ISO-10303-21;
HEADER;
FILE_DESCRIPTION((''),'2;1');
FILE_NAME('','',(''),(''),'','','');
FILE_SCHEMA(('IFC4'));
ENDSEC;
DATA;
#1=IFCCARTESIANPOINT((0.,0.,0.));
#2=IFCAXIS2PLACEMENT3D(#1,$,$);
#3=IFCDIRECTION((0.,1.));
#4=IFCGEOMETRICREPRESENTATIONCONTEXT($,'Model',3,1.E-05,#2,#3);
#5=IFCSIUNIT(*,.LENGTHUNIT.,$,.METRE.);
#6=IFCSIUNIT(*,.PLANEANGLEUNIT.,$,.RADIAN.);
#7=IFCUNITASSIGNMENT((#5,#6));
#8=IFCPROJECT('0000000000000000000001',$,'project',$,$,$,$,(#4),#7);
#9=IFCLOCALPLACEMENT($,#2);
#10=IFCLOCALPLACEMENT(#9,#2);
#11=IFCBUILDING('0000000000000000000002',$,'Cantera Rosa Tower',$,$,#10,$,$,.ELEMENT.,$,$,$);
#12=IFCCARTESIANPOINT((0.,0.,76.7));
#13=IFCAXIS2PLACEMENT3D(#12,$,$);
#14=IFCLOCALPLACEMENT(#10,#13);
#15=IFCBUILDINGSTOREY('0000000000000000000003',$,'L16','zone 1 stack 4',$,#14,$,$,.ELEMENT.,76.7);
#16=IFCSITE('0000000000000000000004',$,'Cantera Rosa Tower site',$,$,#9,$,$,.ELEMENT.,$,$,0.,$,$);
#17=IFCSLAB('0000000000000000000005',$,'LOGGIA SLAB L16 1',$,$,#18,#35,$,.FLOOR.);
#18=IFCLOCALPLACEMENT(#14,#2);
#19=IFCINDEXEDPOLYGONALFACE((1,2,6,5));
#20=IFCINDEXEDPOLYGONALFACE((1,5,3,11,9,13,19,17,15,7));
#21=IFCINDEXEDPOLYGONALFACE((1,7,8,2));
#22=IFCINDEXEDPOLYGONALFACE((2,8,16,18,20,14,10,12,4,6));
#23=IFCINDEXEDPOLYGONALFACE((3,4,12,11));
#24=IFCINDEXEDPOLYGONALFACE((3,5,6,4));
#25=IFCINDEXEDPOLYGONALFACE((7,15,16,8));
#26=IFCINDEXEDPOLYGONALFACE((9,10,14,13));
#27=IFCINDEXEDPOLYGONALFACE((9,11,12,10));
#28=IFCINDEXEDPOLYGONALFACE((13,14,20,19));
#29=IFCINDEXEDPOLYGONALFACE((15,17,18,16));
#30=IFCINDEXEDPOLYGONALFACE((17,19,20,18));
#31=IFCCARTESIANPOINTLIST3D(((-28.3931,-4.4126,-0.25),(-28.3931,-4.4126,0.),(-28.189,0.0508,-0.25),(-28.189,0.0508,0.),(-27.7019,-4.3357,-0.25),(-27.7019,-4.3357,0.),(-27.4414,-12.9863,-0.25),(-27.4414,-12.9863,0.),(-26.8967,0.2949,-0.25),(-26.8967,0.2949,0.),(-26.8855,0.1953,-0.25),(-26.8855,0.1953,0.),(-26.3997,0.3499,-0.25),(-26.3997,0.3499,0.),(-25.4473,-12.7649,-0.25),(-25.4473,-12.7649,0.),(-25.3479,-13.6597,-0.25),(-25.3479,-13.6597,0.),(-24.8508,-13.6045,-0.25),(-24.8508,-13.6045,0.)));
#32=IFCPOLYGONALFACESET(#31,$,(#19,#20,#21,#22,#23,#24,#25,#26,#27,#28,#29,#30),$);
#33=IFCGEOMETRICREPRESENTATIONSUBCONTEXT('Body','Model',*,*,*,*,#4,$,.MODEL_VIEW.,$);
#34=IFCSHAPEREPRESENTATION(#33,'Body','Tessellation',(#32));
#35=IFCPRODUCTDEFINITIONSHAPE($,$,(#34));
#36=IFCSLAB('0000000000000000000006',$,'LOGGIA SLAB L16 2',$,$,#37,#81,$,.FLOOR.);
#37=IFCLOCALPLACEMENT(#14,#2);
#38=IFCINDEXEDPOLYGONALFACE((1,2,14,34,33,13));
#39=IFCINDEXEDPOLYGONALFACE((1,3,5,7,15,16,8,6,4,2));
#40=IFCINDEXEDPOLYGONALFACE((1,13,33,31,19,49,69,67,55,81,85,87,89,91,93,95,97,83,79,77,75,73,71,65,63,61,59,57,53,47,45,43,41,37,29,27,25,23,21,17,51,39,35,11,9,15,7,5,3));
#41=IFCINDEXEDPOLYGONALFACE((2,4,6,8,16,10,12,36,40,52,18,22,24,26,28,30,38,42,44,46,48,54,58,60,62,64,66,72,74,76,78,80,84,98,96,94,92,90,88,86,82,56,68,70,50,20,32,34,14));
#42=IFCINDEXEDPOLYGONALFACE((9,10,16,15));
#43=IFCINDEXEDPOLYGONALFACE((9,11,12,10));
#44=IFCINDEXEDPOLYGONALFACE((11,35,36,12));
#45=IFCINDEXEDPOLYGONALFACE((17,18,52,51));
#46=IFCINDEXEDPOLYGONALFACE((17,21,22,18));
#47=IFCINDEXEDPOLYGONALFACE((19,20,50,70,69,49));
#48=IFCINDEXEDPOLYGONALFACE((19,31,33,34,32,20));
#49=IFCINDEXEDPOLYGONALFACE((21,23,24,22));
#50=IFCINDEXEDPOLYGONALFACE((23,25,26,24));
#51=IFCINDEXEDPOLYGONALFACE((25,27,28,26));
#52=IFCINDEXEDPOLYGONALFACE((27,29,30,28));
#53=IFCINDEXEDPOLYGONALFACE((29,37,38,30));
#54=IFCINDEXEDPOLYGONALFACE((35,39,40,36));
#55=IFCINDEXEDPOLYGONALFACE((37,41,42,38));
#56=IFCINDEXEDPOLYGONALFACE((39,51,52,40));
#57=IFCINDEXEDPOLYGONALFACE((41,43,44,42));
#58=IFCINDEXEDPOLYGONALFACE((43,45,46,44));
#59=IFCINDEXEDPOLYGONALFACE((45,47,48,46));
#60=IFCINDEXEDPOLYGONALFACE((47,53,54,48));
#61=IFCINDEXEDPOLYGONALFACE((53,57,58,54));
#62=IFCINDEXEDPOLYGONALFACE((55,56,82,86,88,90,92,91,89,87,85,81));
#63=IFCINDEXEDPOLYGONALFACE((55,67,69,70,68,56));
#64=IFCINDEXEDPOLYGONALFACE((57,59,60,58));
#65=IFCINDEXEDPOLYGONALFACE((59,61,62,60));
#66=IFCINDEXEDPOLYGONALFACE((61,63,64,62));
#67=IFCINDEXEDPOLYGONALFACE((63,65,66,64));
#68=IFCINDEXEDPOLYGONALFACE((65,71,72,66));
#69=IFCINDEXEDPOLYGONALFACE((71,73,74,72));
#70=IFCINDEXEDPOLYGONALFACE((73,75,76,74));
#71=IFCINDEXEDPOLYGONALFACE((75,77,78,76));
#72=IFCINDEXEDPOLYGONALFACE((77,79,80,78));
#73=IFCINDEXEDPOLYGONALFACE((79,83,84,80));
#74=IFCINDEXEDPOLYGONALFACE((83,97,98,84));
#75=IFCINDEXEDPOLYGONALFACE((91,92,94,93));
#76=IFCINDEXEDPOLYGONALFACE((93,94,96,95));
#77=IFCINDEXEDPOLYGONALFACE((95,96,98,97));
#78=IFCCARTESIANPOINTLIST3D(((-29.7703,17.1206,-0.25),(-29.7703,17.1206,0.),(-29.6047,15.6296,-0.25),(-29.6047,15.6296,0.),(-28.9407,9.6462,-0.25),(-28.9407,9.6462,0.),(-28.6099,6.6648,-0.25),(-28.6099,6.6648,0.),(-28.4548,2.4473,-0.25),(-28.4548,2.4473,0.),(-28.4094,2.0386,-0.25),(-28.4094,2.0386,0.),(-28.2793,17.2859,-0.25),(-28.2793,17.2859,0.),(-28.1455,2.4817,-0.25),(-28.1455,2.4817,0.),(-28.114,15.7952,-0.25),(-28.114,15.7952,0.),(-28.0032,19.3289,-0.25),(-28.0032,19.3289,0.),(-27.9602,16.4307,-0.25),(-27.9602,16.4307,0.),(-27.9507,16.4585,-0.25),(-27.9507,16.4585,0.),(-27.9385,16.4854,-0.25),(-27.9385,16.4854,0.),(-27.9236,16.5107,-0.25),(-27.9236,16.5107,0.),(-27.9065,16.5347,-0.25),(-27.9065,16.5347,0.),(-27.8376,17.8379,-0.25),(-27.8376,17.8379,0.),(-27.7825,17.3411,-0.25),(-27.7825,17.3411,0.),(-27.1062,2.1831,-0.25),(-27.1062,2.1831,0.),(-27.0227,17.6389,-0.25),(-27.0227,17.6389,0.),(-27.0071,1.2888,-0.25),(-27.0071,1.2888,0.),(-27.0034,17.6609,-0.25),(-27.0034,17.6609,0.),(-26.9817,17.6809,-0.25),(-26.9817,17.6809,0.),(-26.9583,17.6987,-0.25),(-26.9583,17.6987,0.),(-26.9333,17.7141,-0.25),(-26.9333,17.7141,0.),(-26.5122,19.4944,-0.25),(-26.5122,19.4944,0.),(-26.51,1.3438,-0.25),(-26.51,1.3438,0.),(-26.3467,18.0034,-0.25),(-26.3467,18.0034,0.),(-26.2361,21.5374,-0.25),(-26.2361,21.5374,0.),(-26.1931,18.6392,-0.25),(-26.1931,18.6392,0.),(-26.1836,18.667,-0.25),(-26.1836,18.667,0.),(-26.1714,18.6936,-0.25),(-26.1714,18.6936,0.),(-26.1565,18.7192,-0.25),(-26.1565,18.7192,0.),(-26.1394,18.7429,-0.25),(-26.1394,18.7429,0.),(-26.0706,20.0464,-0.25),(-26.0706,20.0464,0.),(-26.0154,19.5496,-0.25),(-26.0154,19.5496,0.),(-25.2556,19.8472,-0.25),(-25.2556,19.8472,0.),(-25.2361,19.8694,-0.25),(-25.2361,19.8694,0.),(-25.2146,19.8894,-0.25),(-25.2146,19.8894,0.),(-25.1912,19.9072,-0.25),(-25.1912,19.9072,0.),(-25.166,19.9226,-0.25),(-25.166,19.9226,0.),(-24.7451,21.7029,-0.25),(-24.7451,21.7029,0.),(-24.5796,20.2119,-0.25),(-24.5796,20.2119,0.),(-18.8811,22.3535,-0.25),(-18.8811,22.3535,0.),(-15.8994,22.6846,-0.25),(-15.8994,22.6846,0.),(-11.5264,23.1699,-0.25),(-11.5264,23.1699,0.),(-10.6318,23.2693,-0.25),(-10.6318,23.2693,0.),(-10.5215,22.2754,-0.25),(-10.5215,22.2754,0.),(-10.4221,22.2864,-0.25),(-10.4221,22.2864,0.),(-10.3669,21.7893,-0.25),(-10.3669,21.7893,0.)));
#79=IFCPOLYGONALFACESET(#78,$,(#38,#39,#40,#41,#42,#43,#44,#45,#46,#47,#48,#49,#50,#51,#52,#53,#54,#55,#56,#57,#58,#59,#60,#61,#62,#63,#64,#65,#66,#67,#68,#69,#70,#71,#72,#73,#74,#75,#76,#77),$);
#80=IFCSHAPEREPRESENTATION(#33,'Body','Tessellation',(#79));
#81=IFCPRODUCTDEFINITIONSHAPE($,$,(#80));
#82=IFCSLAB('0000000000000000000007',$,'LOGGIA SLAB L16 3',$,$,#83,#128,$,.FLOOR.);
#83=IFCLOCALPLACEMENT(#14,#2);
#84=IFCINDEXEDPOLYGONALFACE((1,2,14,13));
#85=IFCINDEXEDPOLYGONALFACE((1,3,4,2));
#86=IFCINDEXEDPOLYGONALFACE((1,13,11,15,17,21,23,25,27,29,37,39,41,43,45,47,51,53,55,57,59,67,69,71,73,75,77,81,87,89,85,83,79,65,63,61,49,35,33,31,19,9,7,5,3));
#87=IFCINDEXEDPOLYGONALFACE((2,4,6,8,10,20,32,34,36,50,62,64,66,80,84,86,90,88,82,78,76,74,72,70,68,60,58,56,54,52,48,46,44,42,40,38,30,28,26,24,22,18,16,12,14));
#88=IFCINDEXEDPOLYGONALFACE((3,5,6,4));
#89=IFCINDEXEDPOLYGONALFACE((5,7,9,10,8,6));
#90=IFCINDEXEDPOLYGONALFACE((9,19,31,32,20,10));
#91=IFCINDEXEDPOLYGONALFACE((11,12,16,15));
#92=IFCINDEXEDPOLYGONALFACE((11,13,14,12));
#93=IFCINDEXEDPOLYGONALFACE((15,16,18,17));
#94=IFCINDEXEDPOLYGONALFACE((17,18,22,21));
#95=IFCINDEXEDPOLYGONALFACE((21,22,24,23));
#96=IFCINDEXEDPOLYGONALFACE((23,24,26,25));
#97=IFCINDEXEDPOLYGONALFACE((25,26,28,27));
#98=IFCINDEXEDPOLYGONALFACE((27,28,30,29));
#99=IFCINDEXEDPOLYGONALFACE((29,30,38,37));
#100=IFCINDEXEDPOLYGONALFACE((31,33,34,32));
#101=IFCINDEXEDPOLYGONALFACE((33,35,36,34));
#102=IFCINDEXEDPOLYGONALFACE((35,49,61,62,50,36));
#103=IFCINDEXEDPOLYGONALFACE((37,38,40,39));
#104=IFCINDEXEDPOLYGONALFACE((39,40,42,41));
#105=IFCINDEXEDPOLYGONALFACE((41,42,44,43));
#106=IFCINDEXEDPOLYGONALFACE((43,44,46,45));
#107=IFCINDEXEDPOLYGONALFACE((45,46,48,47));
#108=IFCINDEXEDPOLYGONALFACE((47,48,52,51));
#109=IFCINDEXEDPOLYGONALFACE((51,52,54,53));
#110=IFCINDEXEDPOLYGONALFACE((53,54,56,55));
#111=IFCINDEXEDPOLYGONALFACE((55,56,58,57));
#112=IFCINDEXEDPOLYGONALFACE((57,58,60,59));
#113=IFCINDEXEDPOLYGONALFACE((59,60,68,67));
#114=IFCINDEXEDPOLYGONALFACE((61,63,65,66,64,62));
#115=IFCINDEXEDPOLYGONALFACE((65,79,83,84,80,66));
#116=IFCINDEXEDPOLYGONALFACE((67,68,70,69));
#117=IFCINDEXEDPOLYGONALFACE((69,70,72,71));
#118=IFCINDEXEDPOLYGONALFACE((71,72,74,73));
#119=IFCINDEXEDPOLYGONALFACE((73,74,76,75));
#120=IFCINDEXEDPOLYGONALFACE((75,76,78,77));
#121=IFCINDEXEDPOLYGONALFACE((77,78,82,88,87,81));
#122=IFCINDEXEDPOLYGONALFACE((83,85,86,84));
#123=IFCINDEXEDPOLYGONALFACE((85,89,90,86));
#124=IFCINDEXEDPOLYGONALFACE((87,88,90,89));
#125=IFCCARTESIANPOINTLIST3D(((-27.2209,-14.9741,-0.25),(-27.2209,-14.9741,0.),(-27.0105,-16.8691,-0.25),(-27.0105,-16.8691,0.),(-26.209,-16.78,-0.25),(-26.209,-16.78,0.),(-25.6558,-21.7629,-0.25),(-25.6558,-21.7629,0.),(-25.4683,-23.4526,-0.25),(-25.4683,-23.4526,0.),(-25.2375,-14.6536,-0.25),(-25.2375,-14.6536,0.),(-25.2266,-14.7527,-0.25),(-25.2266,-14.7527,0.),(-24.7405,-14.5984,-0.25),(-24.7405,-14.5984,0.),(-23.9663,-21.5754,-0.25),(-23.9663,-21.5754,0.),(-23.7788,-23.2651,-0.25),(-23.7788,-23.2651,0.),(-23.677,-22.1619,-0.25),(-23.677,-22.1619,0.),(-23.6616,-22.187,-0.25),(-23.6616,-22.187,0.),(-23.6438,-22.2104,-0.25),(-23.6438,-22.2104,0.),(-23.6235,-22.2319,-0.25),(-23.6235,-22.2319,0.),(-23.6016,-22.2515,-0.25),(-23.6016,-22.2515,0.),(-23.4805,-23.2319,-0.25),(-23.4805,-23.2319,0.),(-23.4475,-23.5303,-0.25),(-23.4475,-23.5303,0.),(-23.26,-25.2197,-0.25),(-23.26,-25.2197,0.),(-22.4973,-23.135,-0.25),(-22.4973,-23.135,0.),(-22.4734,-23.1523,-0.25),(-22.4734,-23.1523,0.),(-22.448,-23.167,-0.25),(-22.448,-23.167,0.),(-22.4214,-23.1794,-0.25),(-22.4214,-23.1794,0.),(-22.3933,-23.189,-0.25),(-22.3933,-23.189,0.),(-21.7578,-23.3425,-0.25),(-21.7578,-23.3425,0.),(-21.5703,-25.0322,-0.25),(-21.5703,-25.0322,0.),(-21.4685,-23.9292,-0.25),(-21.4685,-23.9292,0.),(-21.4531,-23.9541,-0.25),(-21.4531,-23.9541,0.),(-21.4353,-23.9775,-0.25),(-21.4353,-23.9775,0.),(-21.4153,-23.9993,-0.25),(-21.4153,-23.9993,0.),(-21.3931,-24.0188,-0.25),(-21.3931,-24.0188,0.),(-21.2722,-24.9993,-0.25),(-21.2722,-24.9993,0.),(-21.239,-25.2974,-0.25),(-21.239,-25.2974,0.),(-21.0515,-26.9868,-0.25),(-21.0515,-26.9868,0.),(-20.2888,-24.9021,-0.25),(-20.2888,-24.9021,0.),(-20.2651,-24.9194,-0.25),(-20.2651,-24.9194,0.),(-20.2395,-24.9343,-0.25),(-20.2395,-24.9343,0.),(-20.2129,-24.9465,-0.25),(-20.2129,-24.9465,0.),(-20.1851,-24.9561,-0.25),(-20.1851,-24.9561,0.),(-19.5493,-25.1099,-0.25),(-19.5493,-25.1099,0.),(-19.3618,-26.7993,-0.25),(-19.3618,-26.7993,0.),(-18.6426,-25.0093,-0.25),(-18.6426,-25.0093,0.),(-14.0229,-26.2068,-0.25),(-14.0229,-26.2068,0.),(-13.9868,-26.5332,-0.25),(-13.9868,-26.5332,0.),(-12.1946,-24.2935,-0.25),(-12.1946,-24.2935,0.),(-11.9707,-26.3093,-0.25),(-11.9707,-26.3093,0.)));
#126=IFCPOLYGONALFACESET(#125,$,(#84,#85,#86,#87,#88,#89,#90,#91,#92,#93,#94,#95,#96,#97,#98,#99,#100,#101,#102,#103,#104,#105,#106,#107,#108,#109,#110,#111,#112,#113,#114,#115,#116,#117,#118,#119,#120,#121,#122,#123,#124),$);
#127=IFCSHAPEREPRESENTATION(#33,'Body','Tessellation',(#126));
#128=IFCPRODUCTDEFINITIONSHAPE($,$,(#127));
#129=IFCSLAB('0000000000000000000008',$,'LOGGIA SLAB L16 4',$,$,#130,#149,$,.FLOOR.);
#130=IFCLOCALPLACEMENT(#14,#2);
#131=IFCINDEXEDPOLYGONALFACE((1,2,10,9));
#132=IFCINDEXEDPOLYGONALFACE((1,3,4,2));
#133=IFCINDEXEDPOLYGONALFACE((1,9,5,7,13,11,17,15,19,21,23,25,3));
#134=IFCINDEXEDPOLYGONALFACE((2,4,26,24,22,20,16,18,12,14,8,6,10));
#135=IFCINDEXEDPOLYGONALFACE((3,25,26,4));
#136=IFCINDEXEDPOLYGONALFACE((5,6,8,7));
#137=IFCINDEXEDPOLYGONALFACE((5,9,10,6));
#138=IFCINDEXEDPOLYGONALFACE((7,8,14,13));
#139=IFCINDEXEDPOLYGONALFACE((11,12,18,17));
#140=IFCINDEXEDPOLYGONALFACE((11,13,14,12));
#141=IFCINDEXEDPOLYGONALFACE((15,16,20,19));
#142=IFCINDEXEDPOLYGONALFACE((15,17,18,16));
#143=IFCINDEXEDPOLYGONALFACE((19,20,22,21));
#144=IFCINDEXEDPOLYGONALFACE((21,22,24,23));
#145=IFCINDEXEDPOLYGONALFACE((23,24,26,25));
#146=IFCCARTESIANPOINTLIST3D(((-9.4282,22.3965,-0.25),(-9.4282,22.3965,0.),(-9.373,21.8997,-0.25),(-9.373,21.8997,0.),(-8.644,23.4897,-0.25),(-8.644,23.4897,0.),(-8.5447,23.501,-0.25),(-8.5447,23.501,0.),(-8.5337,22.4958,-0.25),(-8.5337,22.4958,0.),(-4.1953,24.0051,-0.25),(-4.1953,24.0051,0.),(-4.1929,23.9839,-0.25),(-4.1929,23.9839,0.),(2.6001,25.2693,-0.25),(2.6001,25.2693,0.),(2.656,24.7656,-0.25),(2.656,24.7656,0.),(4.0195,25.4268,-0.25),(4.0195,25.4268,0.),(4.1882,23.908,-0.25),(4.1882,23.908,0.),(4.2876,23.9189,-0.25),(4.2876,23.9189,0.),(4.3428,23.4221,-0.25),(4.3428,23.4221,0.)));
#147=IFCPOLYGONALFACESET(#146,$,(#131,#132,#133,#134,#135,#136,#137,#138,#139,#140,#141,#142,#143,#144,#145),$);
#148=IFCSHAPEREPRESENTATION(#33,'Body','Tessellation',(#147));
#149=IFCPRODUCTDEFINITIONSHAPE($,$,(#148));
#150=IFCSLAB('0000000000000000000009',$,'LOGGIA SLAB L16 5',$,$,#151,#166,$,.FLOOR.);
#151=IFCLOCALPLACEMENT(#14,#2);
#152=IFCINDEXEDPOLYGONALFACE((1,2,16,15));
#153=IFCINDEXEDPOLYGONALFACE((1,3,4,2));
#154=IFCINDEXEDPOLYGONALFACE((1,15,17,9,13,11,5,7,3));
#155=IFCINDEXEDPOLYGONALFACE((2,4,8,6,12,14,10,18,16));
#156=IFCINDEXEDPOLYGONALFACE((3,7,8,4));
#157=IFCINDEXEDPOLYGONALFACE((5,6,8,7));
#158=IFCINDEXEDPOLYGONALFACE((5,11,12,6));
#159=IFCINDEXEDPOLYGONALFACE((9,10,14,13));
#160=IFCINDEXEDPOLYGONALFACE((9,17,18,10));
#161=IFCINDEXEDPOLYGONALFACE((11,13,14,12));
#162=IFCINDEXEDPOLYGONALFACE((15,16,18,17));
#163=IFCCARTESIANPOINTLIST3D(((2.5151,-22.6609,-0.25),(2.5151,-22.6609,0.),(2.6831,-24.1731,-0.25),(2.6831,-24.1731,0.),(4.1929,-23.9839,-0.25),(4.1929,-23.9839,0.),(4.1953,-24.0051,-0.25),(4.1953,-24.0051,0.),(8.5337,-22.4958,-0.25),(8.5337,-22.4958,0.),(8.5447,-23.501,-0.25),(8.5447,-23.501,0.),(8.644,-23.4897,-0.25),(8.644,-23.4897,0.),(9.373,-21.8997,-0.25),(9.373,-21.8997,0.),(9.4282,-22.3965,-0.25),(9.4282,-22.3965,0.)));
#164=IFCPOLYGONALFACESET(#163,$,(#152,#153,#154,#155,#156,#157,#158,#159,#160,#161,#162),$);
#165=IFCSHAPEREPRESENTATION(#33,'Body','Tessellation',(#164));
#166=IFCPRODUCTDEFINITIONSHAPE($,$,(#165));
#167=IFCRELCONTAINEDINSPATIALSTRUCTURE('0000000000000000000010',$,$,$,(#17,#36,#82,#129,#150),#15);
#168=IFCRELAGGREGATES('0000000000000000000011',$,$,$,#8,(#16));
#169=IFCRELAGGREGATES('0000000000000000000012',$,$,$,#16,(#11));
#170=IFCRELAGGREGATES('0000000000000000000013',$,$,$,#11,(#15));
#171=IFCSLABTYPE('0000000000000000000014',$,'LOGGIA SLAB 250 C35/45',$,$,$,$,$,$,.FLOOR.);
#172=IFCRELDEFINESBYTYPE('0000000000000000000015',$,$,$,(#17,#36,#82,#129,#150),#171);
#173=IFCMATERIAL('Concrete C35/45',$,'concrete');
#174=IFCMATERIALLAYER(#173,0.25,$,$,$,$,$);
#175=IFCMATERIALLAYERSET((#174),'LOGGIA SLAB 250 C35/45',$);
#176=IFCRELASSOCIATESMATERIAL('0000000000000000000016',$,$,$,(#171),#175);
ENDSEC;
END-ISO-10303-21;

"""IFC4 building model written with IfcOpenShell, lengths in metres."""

from ifc_helpers import new_model, si_unit, direction, frame, origin, place, context, subcontext, project, spatial, polyline, outline, extrude, material, layer, layer_set, type_object, element, save


model = new_model("IFC4")

# Units and contexts
model_context = context("Model", 3, precision=1e-05, world=origin(), true_north=direction((0.0, 1.0)))
body_context = subcontext(model_context, "Body", "Model", "MODEL_VIEW")
ifc_project = project(units=[si_unit("LENGTHUNIT", "METRE"), si_unit("PLANEANGLEUNIT", "RADIAN")], contexts=[model_context])

# Site, building, storey
site_placement = place(None, origin())
site = spatial("IfcSite", under=ifc_project, at=site_placement, Name="Cantera Rosa Tower site", CompositionType="ELEMENT", RefElevation=0.0)
building_placement = place(site_placement, origin())
building = spatial("IfcBuilding", under=site, at=building_placement, Name="Cantera Rosa Tower", CompositionType="ELEMENT")
storey_placement = place(building_placement, frame((0.0, 0.0, 76.7)))
storey = spatial("IfcBuildingStorey", under=building, at=storey_placement, Name="L16", Description="zone 1 stack 4", CompositionType="ELEMENT", Elevation=76.7)

# Slabs
ifc_material_1 = material(Name="Concrete C35/45", Category="concrete")
ifc_layer_1 = layer(ifc_material_1, 0.25)
ifc_layer_set_1 = layer_set([ifc_layer_1], Name="LOGGIA SLAB 250 C35/45")
slab_type_1 = type_object("IfcSlabType", Name="LOGGIA SLAB 250 C35/45", PredefinedType="FLOOR", material=ifc_layer_set_1)
slab_1_placement = place(storey_placement, frame((0.0, 0.0, -0.25)))
element("IfcSlab", 1, at=slab_1_placement, inside=storey, type_object=slab_type_1, Name="LOGGIA SLAB L16 1", PredefinedType="FLOOR", context=body_context, shape_type="SweptSolid", body=[
    extrude(outline(polyline([(-26.3997, 0.3499), (-24.8508, -13.6045), (-25.3479, -13.6597), (-25.4473, -12.7649), (-27.4414, -12.9863), (-28.3931, -4.4126), (-27.7019, -4.3357), (-28.189, 0.0508), (-26.8855, 0.1953), (-26.8967, 0.2949), (-26.3997, 0.3499)])), origin(), (0.0, 0.0, 1.0), 0.25),
])
slab_2_placement = place(storey_placement, frame((0.0, 0.0, -0.25)))
element("IfcSlab", 2, at=slab_2_placement, inside=storey, type_object=slab_type_1, Name="LOGGIA SLAB L16 2", PredefinedType="FLOOR", context=body_context, shape_type="SweptSolid", body=[
    extrude(outline(polyline([(-29.7703, 17.1206), (-28.2793, 17.2859), (-27.7825, 17.3411), (-27.8376, 17.8379), (-28.0032, 19.3289), (-26.5122, 19.4944), (-26.0154, 19.5496), (-26.0706, 20.0464), (-26.2361, 21.5374), (-24.7451, 21.7029), (-18.8811, 22.3535), (-15.8994, 22.6846), (-11.5264, 23.1699), (-10.6318, 23.2693), (-10.5215, 22.2754), (-10.4221, 22.2864), (-10.3669, 21.7893), (-24.5796, 20.2119), (-25.166, 19.9226), (-25.1912, 19.9072), (-25.2146, 19.8894), (-25.2361, 19.8694), (-25.2556, 19.8472), (-26.1394, 18.7429), (-26.1565, 18.7192), (-26.1714, 18.6936), (-26.1836, 18.667), (-26.1931, 18.6392), (-26.3467, 18.0034), (-26.9333, 17.7141), (-26.9583, 17.6987), (-26.9817, 17.6809), (-27.0034, 17.6609), (-27.0227, 17.6389), (-27.9065, 16.5347), (-27.9236, 16.5107), (-27.9385, 16.4854), (-27.9507, 16.4585), (-27.9602, 16.4307), (-28.114, 15.7952), (-26.51, 1.3438), (-27.0071, 1.2888), (-27.1062, 2.1831), (-28.4094, 2.0386), (-28.4548, 2.4473), (-28.1455, 2.4817), (-28.6099, 6.6648), (-28.9407, 9.6462), (-29.6047, 15.6296), (-29.7703, 17.1206)])), origin(), (0.0, 0.0, 1.0), 0.25),
])
slab_3_placement = place(storey_placement, frame((0.0, 0.0, -0.25)))
element("IfcSlab", 3, at=slab_3_placement, inside=storey, type_object=slab_type_1, Name="LOGGIA SLAB L16 3", PredefinedType="FLOOR", context=body_context, shape_type="SweptSolid", body=[
    extrude(outline(polyline([(-21.2722, -24.9993), (-21.5703, -25.0322), (-23.26, -25.2197), (-23.4475, -23.5303), (-23.4805, -23.2319), (-23.7788, -23.2651), (-25.4683, -23.4526), (-25.6558, -21.7629), (-26.209, -16.78), (-27.0105, -16.8691), (-27.2209, -14.9741), (-25.2266, -14.7527), (-25.2375, -14.6536), (-24.7405, -14.5984), (-23.9663, -21.5754), (-23.677, -22.1619), (-23.6616, -22.187), (-23.6438, -22.2104), (-23.6235, -22.2319), (-23.6016, -22.2515), (-22.4973, -23.135), (-22.4734, -23.1523), (-22.448, -23.167), (-22.4214, -23.1794), (-22.3933, -23.189), (-21.7578, -23.3425), (-21.4685, -23.9292), (-21.4531, -23.9541), (-21.4353, -23.9775), (-21.4153, -23.9993), (-21.3931, -24.0188), (-20.2888, -24.9021), (-20.2651, -24.9194), (-20.2395, -24.9343), (-20.2129, -24.9465), (-20.1851, -24.9561), (-19.5493, -25.1099), (-18.6426, -25.0093), (-12.1946, -24.2935), (-11.9707, -26.3093), (-13.9868, -26.5332), (-14.0229, -26.2068), (-19.3618, -26.7993), (-21.0515, -26.9868), (-21.239, -25.2974), (-21.2722, -24.9993)])), origin(), (0.0, 0.0, 1.0), 0.25),
])
slab_4_placement = place(storey_placement, frame((0.0, 0.0, -0.25)))
element("IfcSlab", 4, at=slab_4_placement, inside=storey, type_object=slab_type_1, Name="LOGGIA SLAB L16 4", PredefinedType="FLOOR", context=body_context, shape_type="SweptSolid", body=[
    extrude(outline(polyline([(4.0195, 25.4268), (4.1882, 23.908), (4.2876, 23.9189), (4.3428, 23.4221), (-9.373, 21.8997), (-9.4282, 22.3965), (-8.5337, 22.4958), (-8.644, 23.4897), (-8.5447, 23.501), (-4.1929, 23.9839), (-4.1953, 24.0051), (2.656, 24.7656), (2.6001, 25.2693), (4.0195, 25.4268)])), origin(), (0.0, 0.0, 1.0), 0.25),
])
slab_5_placement = place(storey_placement, frame((0.0, 0.0, -0.25)))
element("IfcSlab", 5, at=slab_5_placement, inside=storey, type_object=slab_type_1, Name="LOGGIA SLAB L16 5", PredefinedType="FLOOR", context=body_context, shape_type="SweptSolid", body=[
    extrude(outline(polyline([(8.5447, -23.501), (4.1929, -23.9839), (4.1953, -24.0051), (2.6831, -24.1731), (2.5151, -22.6609), (9.373, -21.8997), (9.4282, -22.3965), (8.5337, -22.4958), (8.644, -23.4897), (8.5447, -23.501)])), origin(), (0.0, 0.0, 1.0), 0.25),
])

save(model, "model.ifc")
